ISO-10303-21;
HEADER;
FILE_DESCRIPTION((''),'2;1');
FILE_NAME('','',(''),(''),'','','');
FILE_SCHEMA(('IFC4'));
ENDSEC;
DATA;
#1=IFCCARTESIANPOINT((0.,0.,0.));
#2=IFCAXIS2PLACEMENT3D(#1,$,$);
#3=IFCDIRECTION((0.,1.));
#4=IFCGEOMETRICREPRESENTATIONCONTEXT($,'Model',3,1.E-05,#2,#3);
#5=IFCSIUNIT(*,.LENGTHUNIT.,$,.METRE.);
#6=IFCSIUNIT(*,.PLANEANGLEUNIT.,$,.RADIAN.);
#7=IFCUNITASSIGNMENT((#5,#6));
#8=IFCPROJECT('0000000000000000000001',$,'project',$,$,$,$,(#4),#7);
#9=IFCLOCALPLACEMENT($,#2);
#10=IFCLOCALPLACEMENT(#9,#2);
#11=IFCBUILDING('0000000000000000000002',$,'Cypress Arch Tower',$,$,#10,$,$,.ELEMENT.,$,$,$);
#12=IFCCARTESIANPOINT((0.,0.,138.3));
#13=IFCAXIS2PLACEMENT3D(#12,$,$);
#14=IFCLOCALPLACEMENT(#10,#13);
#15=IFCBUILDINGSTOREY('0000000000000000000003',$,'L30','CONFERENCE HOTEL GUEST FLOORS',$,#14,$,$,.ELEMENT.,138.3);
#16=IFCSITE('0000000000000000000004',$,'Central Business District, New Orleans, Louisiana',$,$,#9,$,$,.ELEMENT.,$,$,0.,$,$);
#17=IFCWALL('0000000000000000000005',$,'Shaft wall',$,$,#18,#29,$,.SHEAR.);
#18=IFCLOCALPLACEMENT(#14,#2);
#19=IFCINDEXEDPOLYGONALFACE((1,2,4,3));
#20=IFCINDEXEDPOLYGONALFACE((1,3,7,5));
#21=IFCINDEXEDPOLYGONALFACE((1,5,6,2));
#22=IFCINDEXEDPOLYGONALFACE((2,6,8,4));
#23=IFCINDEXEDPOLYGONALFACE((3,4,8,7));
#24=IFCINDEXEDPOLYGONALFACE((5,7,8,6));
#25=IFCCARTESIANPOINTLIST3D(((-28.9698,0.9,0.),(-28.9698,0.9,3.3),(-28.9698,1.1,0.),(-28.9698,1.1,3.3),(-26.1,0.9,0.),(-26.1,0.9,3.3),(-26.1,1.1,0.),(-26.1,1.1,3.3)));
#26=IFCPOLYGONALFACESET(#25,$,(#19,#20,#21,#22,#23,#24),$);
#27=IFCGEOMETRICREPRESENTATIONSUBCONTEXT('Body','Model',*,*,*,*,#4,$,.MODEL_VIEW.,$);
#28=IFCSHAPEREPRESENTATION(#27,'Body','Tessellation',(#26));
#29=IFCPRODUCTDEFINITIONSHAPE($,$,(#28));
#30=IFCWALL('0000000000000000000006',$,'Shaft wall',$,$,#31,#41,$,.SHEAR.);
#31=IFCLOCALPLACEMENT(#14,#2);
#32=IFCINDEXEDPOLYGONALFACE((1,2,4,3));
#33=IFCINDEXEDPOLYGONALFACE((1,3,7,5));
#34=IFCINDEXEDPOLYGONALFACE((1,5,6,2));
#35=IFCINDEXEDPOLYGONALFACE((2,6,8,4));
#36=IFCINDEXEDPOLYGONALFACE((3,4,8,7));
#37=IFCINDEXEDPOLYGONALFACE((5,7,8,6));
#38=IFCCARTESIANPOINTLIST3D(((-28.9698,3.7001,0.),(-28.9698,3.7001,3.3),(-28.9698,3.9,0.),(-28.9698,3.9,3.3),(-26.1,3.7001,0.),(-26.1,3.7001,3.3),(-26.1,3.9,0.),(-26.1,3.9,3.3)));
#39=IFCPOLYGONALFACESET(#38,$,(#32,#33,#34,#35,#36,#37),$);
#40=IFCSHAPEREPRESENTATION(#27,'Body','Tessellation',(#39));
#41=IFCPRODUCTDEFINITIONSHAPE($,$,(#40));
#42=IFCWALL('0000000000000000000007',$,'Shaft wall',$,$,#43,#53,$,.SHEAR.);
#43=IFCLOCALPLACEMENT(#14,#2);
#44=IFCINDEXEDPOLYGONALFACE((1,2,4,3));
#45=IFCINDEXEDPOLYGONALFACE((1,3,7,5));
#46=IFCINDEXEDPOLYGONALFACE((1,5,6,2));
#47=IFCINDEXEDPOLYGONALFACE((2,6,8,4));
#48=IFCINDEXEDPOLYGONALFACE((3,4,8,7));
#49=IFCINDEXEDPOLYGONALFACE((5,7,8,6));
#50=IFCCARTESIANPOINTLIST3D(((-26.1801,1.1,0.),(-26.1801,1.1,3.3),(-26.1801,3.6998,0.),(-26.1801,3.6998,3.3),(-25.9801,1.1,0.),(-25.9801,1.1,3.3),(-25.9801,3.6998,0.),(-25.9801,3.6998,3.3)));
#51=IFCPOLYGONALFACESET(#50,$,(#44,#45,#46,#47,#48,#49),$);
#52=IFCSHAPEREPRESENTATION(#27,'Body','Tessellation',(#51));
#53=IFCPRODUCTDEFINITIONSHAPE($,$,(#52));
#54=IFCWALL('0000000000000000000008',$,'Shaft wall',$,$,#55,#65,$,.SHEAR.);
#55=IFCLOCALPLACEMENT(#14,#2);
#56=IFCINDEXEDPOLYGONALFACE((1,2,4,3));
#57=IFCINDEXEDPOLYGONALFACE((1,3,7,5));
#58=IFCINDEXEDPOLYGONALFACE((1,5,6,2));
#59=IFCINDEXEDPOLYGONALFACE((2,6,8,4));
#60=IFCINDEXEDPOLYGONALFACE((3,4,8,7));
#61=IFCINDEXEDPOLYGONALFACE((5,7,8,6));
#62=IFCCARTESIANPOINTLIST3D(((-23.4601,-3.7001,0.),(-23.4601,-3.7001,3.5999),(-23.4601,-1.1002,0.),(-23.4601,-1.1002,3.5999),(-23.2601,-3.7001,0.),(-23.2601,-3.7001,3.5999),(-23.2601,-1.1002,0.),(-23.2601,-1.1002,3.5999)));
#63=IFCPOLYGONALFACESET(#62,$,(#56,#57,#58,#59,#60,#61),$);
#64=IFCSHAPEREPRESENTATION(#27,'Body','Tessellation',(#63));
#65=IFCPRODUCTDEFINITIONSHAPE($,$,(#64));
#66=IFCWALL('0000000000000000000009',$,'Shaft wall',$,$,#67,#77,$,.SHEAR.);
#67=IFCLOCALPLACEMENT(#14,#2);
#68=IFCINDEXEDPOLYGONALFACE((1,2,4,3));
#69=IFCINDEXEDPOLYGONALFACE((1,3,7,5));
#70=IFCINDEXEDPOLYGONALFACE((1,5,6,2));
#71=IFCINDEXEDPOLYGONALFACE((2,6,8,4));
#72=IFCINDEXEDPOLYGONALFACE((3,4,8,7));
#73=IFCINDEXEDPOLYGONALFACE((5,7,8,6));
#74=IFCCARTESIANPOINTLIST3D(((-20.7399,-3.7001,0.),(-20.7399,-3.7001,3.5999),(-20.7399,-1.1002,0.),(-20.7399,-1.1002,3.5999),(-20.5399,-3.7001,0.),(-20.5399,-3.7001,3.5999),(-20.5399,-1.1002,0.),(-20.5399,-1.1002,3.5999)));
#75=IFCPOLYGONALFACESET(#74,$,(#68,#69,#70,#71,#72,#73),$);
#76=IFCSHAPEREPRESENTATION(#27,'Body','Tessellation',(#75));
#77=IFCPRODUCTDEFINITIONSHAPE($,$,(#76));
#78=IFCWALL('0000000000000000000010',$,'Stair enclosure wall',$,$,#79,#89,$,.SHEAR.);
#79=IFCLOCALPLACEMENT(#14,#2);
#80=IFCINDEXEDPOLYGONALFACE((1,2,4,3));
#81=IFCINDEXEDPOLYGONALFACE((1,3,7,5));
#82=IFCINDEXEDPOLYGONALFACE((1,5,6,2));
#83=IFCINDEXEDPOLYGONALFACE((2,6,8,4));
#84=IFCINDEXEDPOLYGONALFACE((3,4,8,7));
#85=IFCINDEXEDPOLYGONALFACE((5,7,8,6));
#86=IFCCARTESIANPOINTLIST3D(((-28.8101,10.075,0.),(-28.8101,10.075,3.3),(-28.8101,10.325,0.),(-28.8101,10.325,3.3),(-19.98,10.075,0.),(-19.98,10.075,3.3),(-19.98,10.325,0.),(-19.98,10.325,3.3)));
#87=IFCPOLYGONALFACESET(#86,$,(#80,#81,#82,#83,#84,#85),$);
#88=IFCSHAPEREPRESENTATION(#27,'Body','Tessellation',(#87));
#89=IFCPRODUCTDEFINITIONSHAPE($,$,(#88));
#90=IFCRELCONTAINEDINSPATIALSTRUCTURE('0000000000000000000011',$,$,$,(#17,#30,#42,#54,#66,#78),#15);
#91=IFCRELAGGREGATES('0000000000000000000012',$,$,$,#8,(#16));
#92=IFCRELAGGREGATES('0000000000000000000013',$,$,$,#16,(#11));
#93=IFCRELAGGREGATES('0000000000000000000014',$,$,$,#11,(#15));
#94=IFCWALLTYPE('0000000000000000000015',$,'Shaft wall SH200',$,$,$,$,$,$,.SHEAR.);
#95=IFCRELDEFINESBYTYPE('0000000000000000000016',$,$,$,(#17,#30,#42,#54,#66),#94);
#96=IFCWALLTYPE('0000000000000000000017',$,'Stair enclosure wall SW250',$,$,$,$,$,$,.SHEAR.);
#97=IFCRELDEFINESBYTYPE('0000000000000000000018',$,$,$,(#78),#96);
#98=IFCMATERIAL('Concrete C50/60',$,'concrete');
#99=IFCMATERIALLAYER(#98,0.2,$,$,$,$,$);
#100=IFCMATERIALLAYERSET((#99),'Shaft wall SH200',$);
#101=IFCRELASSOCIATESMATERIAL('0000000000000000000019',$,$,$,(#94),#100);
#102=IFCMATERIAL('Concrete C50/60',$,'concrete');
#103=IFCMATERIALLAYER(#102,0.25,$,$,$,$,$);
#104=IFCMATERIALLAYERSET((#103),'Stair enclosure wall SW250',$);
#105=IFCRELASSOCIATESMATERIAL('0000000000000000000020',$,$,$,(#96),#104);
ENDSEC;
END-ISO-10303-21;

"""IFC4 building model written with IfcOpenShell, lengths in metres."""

from ifc_helpers import new_model, si_unit, direction, frame, frame_2d, origin, place, context, subcontext, project, spatial, rectangle, extrude, material, layer, layer_set, type_object, element, save


model = new_model("IFC4")

# Units and contexts
model_context = context("Model", 3, precision=1e-05, world=origin(), true_north=direction((0.0, 1.0)))
body_context = subcontext(model_context, "Body", "Model", "MODEL_VIEW")
ifc_project = project(units=[si_unit("LENGTHUNIT", "METRE"), si_unit("PLANEANGLEUNIT", "RADIAN")], contexts=[model_context])

# Site, building, storey
site_placement = place(None, origin())
site = spatial("IfcSite", under=ifc_project, at=site_placement, Name="Central Business District, New Orleans, Louisiana", CompositionType="ELEMENT", RefElevation=0.0)
building_placement = place(site_placement, origin())
building = spatial("IfcBuilding", under=site, at=building_placement, Name="Cypress Arch Tower", CompositionType="ELEMENT")
storey_placement = place(building_placement, frame((0.0, 0.0, 138.3)))
storey = spatial("IfcBuildingStorey", under=building, at=storey_placement, Name="L30", Description="CONFERENCE HOTEL GUEST FLOORS", CompositionType="ELEMENT", Elevation=138.3)

# Walls
ifc_material_1 = material(Name="Concrete C50/60", Category="concrete")
ifc_layer_1 = layer(ifc_material_1, 0.2)
ifc_layer_set_1 = layer_set([ifc_layer_1], Name="Shaft wall SH200")
wall_type_1 = type_object("IfcWallType", Name="Shaft wall SH200", PredefinedType="SHEAR", material=ifc_layer_set_1)
for number, where, z_axis, x_axis, name in (
    (1, (-28.97, 1.0, 0.0), (0.0, 0.0, 1.0), (1.0, 0.0, 0.0), "Shaft wall"),
    (2, (-28.97, 3.8, 0.0), (0.0, 0.0, 1.0), (1.0, 0.0, 0.0), "Shaft wall"),
):
    element("IfcWall", number, at=place(storey_placement, frame(where, z_axis=z_axis, x_axis=x_axis)), inside=storey, type_object=wall_type_1, Name=name, PredefinedType="SHEAR", context=body_context, shape_type="SweptSolid", body=[
        extrude(rectangle(XDim=2.8699, YDim=0.2, at=frame_2d((1.4351, 0.0))), origin(), (0.0, 0.0, 1.0), 3.3),
    ])
wall_1_placement = place(storey_placement, frame((-26.0801, 1.1001, 0.0), z_axis=(0.0, 0.0, 1.0), x_axis=(0.0, 1.0, 0.0)))
element("IfcWall", 3, at=wall_1_placement, inside=storey, type_object=wall_type_1, Name="Shaft wall", PredefinedType="SHEAR", context=body_context, shape_type="SweptSolid", body=[
    extrude(rectangle(XDim=2.5999, YDim=0.2, at=frame_2d((1.2998, 0.0))), origin(), (0.0, 0.0, 1.0), 3.3),
])
for number, where, z_axis, x_axis, name in (
    (4, (-23.3601, -3.7, 0.0), (0.0, 0.0, 1.0), (0.0, 1.0, 0.0), "Shaft wall"),
    (5, (-20.6399, -3.7, 0.0), (0.0, 0.0, 1.0), (0.0, 1.0, 0.0), "Shaft wall"),
):
    element("IfcWall", number, at=place(storey_placement, frame(where, z_axis=z_axis, x_axis=x_axis)), inside=storey, type_object=wall_type_1, Name=name, PredefinedType="SHEAR", context=body_context, shape_type="SweptSolid", body=[
        extrude(rectangle(XDim=2.5999, YDim=0.2, at=frame_2d((1.2998, 0.0))), origin(), (0.0, 0.0, 1.0), 3.5999),
    ])
ifc_material_2 = material(Name="Concrete C50/60", Category="concrete")
ifc_layer_2 = layer(ifc_material_2, 0.25)
ifc_layer_set_2 = layer_set([ifc_layer_2], Name="Stair enclosure wall SW250")
wall_type_2 = type_object("IfcWallType", Name="Stair enclosure wall SW250", PredefinedType="SHEAR", material=ifc_layer_set_2)
wall_2_placement = place(storey_placement, frame((-28.8101, 10.2, 0.0), z_axis=(0.0, 0.0, 1.0), x_axis=(1.0, 0.0, 0.0)))
element("IfcWall", 6, at=wall_2_placement, inside=storey, type_object=wall_type_2, Name="Stair enclosure wall", PredefinedType="SHEAR", context=body_context, shape_type="SweptSolid", body=[
    extrude(rectangle(XDim=8.8301, YDim=0.25, at=frame_2d((4.415, 0.0))), origin(), (0.0, 0.0, 1.0), 3.3),
])

save(model, "model.ifc")
